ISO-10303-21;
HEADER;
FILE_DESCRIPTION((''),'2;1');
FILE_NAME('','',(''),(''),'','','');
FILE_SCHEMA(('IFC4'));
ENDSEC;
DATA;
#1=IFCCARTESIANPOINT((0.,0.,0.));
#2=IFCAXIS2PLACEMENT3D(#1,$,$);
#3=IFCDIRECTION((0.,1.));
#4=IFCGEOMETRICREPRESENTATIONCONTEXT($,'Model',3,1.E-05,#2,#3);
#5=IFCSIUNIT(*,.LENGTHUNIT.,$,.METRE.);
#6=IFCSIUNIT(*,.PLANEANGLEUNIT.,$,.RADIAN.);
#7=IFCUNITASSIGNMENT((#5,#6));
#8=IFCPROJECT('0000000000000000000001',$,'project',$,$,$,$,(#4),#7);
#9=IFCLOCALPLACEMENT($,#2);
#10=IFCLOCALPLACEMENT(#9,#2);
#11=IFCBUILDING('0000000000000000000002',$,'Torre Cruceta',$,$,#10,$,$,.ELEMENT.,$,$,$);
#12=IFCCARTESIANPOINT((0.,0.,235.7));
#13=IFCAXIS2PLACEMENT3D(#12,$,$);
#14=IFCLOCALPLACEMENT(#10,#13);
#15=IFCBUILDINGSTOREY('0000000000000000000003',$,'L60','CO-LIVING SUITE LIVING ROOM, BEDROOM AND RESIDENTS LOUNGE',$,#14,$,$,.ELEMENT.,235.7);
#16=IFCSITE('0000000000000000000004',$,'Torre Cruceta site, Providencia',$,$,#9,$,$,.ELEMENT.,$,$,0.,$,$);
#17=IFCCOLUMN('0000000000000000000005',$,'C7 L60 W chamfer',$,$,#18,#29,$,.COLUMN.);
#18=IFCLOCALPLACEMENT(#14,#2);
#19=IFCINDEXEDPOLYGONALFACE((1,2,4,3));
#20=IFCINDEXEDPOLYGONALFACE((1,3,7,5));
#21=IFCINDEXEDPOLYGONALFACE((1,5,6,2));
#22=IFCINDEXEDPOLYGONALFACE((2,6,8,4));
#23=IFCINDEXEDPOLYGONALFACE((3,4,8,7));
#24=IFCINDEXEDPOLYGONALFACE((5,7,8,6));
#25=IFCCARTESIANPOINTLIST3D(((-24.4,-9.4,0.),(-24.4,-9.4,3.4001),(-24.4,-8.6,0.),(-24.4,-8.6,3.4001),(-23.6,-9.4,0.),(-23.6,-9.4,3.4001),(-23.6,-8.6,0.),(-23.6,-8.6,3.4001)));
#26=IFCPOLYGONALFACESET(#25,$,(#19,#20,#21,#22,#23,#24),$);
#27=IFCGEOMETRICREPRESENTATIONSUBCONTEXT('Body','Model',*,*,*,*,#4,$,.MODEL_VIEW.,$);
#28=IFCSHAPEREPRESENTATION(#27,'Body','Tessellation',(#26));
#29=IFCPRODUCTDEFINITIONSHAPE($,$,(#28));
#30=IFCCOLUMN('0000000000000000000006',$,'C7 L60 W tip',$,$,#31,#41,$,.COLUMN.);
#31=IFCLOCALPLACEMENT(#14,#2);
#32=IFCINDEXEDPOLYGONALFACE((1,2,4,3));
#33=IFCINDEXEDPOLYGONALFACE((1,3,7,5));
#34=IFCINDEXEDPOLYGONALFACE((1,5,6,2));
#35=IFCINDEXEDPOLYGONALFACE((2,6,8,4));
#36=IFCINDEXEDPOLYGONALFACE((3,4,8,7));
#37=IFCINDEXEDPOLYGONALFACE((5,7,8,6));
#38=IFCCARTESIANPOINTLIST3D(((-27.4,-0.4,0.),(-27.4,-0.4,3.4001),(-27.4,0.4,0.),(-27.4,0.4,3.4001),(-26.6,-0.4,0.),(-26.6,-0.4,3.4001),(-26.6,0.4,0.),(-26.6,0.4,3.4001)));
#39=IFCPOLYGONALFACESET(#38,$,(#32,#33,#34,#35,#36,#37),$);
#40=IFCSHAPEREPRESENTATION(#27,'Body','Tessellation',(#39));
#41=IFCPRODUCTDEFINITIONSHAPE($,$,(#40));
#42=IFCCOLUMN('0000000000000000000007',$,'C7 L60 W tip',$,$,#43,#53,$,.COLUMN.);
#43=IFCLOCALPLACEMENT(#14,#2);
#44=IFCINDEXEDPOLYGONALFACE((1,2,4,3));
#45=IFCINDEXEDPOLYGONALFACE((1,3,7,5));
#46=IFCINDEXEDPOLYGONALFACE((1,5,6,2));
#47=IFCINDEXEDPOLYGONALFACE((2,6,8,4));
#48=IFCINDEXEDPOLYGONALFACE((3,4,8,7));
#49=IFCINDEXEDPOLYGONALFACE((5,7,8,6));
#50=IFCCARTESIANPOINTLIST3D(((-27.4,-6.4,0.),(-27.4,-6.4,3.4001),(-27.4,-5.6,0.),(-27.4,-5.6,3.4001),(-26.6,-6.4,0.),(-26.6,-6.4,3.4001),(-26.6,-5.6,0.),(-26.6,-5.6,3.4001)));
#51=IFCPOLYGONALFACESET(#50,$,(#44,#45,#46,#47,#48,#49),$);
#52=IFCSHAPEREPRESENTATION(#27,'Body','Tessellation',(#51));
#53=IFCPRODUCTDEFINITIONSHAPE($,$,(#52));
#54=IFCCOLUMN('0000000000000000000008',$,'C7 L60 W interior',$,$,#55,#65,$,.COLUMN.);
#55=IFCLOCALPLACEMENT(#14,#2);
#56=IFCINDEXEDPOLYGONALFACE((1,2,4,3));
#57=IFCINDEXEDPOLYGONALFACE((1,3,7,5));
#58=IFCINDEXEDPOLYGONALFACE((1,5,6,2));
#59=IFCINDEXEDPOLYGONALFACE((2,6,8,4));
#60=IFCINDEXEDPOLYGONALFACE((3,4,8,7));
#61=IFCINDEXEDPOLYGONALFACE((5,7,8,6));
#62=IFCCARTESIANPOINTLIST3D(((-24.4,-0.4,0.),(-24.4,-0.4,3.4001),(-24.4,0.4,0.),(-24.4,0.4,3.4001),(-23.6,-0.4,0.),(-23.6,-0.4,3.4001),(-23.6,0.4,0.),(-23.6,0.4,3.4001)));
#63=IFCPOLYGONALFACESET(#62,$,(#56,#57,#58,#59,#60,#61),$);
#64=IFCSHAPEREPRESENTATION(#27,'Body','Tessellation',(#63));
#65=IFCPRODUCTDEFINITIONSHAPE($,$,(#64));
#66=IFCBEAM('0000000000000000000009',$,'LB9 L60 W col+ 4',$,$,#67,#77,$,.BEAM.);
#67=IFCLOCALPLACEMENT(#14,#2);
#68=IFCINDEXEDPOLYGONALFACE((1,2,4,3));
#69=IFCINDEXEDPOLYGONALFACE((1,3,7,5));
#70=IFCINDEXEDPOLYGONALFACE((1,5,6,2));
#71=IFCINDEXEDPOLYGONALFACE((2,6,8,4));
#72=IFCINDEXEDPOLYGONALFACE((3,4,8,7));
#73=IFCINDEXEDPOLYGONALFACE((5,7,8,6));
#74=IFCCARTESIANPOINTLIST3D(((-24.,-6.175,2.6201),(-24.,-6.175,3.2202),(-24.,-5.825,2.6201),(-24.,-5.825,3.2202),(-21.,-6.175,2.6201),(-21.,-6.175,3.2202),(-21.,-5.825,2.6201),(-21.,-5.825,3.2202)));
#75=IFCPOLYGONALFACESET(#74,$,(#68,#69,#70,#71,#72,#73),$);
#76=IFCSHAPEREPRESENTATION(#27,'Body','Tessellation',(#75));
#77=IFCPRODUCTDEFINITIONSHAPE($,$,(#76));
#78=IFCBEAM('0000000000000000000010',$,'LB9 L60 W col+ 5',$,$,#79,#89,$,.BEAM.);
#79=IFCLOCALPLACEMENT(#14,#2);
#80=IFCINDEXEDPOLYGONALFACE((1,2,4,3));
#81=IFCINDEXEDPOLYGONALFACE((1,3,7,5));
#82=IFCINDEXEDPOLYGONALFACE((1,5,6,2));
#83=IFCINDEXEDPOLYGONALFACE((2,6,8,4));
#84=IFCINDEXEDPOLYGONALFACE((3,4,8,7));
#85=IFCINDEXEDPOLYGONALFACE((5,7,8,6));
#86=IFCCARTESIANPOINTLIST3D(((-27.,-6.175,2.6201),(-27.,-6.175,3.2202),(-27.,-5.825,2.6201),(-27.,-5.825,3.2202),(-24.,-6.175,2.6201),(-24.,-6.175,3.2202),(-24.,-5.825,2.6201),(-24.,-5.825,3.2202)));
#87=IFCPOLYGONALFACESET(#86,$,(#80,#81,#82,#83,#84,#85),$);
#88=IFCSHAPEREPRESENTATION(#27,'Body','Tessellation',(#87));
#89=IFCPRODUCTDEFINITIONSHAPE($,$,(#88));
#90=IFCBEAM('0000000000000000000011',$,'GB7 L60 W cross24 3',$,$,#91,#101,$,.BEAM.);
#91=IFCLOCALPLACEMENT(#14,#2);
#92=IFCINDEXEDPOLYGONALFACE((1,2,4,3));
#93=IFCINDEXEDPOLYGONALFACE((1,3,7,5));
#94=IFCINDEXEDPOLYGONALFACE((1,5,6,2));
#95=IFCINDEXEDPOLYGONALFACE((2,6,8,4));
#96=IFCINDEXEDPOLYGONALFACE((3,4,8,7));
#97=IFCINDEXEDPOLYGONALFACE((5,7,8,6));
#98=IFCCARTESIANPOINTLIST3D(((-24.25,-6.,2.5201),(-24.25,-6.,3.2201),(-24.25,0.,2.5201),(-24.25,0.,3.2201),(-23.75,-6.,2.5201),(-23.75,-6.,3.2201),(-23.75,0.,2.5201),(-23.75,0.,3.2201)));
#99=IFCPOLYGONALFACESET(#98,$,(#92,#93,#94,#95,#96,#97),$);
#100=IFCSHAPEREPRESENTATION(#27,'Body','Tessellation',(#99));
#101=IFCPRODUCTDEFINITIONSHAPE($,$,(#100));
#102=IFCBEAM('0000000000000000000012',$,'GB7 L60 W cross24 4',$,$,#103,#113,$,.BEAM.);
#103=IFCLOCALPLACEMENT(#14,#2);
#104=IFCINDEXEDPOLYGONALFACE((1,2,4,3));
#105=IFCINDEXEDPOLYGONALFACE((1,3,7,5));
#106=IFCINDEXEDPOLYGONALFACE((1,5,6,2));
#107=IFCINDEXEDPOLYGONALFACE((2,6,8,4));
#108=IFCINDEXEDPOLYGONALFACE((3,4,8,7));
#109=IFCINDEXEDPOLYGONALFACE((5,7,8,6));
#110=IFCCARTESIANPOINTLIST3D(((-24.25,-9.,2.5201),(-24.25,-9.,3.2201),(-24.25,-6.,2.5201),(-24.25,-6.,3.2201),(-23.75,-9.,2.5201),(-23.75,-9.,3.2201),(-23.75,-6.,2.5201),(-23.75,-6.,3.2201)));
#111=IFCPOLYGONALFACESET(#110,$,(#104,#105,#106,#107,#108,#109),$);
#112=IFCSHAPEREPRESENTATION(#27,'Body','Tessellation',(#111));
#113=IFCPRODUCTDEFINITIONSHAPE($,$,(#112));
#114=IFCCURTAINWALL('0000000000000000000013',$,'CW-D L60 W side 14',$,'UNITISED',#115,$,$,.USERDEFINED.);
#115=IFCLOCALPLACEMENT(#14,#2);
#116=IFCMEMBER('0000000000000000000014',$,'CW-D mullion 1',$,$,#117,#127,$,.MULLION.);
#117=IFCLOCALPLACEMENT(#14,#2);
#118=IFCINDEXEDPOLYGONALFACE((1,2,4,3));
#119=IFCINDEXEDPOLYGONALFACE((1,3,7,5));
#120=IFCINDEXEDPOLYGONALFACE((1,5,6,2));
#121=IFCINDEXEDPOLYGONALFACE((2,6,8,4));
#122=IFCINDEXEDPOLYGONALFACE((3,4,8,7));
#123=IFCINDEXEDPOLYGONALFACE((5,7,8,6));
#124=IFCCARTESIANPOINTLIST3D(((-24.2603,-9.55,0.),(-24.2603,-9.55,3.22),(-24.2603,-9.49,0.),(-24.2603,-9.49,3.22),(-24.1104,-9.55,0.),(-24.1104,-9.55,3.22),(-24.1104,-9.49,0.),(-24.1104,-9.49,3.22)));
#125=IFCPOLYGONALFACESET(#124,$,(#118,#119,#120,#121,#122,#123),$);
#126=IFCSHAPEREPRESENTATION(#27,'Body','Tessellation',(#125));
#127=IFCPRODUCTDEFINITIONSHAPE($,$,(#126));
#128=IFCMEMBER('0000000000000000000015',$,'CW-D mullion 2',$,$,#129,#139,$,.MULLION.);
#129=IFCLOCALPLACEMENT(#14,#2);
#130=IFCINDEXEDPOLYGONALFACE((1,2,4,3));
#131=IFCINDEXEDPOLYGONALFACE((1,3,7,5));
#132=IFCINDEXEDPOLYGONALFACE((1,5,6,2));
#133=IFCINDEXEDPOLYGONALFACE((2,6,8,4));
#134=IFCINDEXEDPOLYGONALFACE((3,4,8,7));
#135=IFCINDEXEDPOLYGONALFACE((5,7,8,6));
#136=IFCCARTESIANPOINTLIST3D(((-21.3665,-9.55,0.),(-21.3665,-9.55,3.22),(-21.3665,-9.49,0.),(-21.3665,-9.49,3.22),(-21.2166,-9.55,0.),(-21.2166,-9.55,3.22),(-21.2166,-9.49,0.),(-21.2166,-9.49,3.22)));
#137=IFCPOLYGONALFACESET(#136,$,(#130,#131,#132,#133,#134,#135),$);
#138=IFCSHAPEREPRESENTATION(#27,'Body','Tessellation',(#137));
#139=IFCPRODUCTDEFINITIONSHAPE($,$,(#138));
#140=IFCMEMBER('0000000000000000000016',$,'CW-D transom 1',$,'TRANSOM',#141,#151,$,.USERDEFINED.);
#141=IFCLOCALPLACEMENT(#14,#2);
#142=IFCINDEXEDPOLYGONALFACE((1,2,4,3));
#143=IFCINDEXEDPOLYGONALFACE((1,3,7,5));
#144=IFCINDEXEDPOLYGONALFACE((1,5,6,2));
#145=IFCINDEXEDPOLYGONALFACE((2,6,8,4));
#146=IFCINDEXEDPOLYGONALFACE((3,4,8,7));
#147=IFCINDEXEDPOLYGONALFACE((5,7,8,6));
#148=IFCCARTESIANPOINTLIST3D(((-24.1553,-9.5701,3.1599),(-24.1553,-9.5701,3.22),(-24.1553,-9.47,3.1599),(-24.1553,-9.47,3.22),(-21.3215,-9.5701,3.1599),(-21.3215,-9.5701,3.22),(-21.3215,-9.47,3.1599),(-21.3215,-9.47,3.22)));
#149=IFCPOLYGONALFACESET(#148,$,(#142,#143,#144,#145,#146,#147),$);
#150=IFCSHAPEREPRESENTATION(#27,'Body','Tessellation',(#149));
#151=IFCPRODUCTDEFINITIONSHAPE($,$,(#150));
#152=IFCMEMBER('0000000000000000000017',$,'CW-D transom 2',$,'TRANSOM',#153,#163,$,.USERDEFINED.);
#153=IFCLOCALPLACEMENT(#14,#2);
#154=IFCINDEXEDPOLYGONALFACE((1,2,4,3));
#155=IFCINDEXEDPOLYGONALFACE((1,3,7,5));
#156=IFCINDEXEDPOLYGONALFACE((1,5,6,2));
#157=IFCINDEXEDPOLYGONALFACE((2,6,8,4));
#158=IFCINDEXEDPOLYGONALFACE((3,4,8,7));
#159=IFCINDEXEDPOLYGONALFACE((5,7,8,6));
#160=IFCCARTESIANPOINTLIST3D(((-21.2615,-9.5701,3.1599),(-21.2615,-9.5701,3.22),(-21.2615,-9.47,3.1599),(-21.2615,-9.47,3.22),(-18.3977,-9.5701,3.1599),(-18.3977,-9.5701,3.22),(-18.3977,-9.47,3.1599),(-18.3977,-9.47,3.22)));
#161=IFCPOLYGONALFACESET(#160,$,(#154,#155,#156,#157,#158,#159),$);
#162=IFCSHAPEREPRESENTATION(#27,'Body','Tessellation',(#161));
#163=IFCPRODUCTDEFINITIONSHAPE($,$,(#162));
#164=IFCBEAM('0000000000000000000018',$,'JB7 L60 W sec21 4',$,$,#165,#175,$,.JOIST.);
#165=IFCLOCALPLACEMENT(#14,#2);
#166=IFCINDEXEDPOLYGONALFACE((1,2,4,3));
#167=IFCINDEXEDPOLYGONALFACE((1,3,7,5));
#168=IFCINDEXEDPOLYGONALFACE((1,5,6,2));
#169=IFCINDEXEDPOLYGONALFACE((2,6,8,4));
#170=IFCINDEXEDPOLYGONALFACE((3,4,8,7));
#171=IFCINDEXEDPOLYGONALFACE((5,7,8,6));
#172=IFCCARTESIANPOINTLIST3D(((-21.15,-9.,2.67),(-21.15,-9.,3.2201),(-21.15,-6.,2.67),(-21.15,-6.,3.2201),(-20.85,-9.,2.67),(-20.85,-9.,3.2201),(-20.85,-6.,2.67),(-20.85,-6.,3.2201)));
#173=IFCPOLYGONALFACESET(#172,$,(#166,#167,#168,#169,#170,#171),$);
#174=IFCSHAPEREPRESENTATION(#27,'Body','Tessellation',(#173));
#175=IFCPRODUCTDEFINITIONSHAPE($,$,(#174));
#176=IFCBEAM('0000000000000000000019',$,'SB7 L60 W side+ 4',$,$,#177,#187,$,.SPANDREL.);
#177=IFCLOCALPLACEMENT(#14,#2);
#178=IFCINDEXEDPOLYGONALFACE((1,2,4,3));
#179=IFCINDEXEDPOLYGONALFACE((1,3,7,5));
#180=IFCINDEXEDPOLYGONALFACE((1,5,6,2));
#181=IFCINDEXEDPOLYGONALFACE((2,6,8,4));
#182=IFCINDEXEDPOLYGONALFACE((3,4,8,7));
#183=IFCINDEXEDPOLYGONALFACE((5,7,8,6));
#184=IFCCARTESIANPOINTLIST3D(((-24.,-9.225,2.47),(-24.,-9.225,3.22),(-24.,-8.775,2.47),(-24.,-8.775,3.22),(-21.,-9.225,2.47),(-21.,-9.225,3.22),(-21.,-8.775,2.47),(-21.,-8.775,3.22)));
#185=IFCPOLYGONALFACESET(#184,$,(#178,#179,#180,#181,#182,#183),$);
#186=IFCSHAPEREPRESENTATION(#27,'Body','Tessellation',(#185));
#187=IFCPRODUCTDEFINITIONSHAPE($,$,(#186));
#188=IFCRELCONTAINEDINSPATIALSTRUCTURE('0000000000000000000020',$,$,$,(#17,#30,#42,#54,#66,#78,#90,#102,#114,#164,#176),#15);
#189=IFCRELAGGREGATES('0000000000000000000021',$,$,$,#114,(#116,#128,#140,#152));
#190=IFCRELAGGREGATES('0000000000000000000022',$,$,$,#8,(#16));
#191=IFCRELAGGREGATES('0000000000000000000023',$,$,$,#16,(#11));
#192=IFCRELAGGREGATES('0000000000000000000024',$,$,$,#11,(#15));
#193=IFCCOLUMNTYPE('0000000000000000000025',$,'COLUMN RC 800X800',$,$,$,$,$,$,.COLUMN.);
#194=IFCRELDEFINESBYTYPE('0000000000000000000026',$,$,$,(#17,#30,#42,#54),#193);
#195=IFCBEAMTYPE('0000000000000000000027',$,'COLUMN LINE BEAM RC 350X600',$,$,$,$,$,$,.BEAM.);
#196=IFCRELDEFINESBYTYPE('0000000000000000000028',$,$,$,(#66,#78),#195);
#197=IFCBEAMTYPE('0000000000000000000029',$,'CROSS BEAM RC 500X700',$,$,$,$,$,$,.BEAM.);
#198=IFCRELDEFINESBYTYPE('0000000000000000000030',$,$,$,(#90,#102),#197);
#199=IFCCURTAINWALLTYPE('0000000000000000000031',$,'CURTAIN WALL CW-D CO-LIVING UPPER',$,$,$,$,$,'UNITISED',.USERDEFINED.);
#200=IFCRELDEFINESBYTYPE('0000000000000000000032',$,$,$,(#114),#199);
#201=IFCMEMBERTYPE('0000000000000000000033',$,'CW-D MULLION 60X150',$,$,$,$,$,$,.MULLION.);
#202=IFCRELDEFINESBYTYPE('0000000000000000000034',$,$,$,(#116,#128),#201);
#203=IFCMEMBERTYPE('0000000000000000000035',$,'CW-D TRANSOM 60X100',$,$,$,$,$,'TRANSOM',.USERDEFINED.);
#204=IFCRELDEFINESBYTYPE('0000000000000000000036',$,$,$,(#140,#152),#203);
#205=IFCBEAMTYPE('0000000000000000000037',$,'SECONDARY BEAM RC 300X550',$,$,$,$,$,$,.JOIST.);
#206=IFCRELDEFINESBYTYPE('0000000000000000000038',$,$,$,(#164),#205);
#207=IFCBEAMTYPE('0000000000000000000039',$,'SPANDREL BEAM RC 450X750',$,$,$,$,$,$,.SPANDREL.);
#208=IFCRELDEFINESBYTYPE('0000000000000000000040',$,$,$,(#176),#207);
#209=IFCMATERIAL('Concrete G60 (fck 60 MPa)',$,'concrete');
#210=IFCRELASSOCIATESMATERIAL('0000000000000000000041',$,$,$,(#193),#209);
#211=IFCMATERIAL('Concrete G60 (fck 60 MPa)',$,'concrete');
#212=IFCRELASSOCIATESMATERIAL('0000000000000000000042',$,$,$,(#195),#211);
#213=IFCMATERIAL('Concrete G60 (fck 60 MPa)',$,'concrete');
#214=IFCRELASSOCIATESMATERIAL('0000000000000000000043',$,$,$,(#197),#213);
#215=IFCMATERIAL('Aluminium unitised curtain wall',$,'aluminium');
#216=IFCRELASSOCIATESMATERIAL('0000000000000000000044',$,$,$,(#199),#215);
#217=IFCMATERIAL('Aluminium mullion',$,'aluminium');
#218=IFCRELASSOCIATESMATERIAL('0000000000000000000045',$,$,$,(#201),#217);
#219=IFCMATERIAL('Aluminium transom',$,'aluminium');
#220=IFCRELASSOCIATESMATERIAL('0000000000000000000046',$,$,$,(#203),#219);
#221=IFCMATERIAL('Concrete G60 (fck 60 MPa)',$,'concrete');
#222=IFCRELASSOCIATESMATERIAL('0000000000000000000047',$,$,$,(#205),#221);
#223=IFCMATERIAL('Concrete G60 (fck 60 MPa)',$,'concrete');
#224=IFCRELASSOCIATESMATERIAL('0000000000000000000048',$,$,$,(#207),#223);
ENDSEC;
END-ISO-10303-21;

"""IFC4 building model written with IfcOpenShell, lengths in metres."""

from ifc_helpers import new_model, si_unit, direction, frame, origin, origin_2d, place, context, subcontext, project, spatial, rectangle, extrude, material, material_profile, profile_set, type_object, element, aggregate, save


model = new_model("IFC4")

# Units and contexts
model_context = context("Model", 3, precision=1e-05, world=origin(), true_north=direction((0.0, 1.0)))
body_context = subcontext(model_context, "Body", "Model", "MODEL_VIEW")
ifc_project = project(units=[si_unit("LENGTHUNIT", "METRE"), si_unit("PLANEANGLEUNIT", "RADIAN")], contexts=[model_context])

# Site, building, storey
site_placement = place(None, origin())
site = spatial("IfcSite", under=ifc_project, at=site_placement, Name="Torre Cruceta site, Providencia", CompositionType="ELEMENT", RefElevation=0.0)
building_placement = place(site_placement, origin())
building = spatial("IfcBuilding", under=site, at=building_placement, Name="Torre Cruceta", CompositionType="ELEMENT")
storey_placement = place(building_placement, frame((0.0, 0.0, 235.7)))
storey = spatial("IfcBuildingStorey", under=building, at=storey_placement, Name="L60", Description="CO-LIVING SUITE LIVING ROOM, BEDROOM AND RESIDENTS LOUNGE", CompositionType="ELEMENT", Elevation=235.7)

# Columns
ifc_material_1 = material(Name="Concrete G60 (fck 60 MPa)", Category="concrete")
ifc_material_profile_1 = material_profile(ifc_material_1, rectangle(XDim=0.8, YDim=0.8, at=origin_2d()), Name="RC 800X800")
ifc_profile_set_1 = profile_set([ifc_material_profile_1], Name="Concrete G60 (fck 60 MPa)")
column_type = type_object("IfcColumnType", Name="COLUMN RC 800X800", PredefinedType="COLUMN", material=ifc_profile_set_1)
for number, where, z_axis, x_axis, name in (
    (1, (-24.0, -9.0, 0.0), (0.0, 0.0, 1.0), (1.0, 0.0, 0.0), "C7 L60 W chamfer"),
    (2, (-27.0, 0.0, 0.0), (0.0, 0.0, 1.0), (1.0, 0.0, 0.0), "C7 L60 W tip"),
    (3, (-27.0, -6.0, 0.0), (0.0, 0.0, 1.0), (1.0, 0.0, 0.0), "C7 L60 W tip"),
    (4, (-24.0, 0.0, 0.0), (0.0, 0.0, 1.0), (1.0, 0.0, 0.0), "C7 L60 W interior"),
):
    element("IfcColumn", number, at=place(storey_placement, frame(where, z_axis=z_axis, x_axis=x_axis)), inside=storey, type_object=column_type, Name=name, PredefinedType="COLUMN", context=body_context, shape_type="SweptSolid", body=[
        extrude(rectangle(XDim=0.8, YDim=0.8, at=origin_2d()), origin(), (0.0, 0.0, 1.0), 3.4001),
    ])

# Beams
ifc_material_2 = material(Name="Concrete G60 (fck 60 MPa)", Category="concrete")
ifc_material_profile_2 = material_profile(ifc_material_2, rectangle(XDim=0.3501, YDim=0.6001, at=origin_2d()), Name="RC 350X600")
ifc_profile_set_2 = profile_set([ifc_material_profile_2], Name="Concrete G60 (fck 60 MPa)")
beam_type_1 = type_object("IfcBeamType", Name="COLUMN LINE BEAM RC 350X600", PredefinedType="BEAM", material=ifc_profile_set_2)
for number, where, z_axis, x_axis, name in (
    (5, (-21.0, -6.0, 2.9202), (-1.0, 0.0, 0.0), (0.0, -1.0, 0.0), "LB9 L60 W col+ 4"),
    (6, (-24.0, -6.0, 2.9202), (-1.0, 0.0, 0.0), (0.0, -1.0, 0.0), "LB9 L60 W col+ 5"),
):
    element("IfcBeam", number, at=place(storey_placement, frame(where, z_axis=z_axis, x_axis=x_axis)), inside=storey, type_object=beam_type_1, Name=name, PredefinedType="BEAM", context=body_context, shape_type="SweptSolid", body=[
        extrude(rectangle(XDim=0.3501, YDim=0.6001, at=origin_2d()), origin(), (0.0, 0.0, 1.0), 3.0),
    ])
ifc_material_3 = material(Name="Concrete G60 (fck 60 MPa)", Category="concrete")
ifc_material_profile_3 = material_profile(ifc_material_3, rectangle(XDim=0.5, YDim=0.7, at=origin_2d()), Name="RC 500X700")
ifc_profile_set_3 = profile_set([ifc_material_profile_3], Name="Concrete G60 (fck 60 MPa)")
beam_type_2 = type_object("IfcBeamType", Name="CROSS BEAM RC 500X700", PredefinedType="BEAM", material=ifc_profile_set_3)
beam_1_placement = place(storey_placement, frame((-24.0, 0.0, 2.8701), z_axis=(0.0, -1.0, 0.0), x_axis=(1.0, 0.0, 0.0)))
element("IfcBeam", 7, at=beam_1_placement, inside=storey, type_object=beam_type_2, Name="GB7 L60 W cross24 3", PredefinedType="BEAM", context=body_context, shape_type="SweptSolid", body=[
    extrude(rectangle(XDim=0.5, YDim=0.7, at=origin_2d()), origin(), (0.0, 0.0, 1.0), 6.0),
])
beam_2_placement = place(storey_placement, frame((-24.0, -6.0, 2.8701), z_axis=(0.0, -1.0, 0.0), x_axis=(1.0, 0.0, 0.0)))
element("IfcBeam", 8, at=beam_2_placement, inside=storey, type_object=beam_type_2, Name="GB7 L60 W cross24 4", PredefinedType="BEAM", context=body_context, shape_type="SweptSolid", body=[
    extrude(rectangle(XDim=0.5, YDim=0.7, at=origin_2d()), origin(), (0.0, 0.0, 1.0), 3.0),
])

# Curtain wall, members
ifc_material_4 = material(Name="Aluminium unitised curtain wall", Category="aluminium")
curtain_wall_type = type_object("IfcCurtainWallType", Name="CURTAIN WALL CW-D CO-LIVING UPPER", ElementType="UNITISED", PredefinedType="USERDEFINED", material=ifc_material_4)
curtain_wall_placement = place(storey_placement, origin())
curtain_wall = element("IfcCurtainWall", 9, at=curtain_wall_placement, inside=storey, type_object=curtain_wall_type, Name="CW-D L60 W side 14", ObjectType="UNITISED", PredefinedType="USERDEFINED")
ifc_material_5 = material(Name="Aluminium mullion", Category="aluminium")
ifc_material_profile_4 = material_profile(ifc_material_5, rectangle(XDim=0.0601, YDim=0.1499, at=origin_2d()), Name="AL 60X150")
ifc_profile_set_4 = profile_set([ifc_material_profile_4], Name="Aluminium mullion")
member_type_1 = type_object("IfcMemberType", Name="CW-D MULLION 60X150", PredefinedType="MULLION", material=ifc_profile_set_4)
member_1_placement = place(storey_placement, frame((-24.1853, -9.52, 0.0), z_axis=(0.0, 0.0, 1.0), x_axis=(0.0, 1.0, 0.0)))
member_1 = element("IfcMember", 10, at=member_1_placement, type_object=member_type_1, Name="CW-D mullion 1", PredefinedType="MULLION", context=body_context, shape_type="SweptSolid", body=[
    extrude(rectangle(XDim=0.0601, YDim=0.1499, at=origin_2d()), origin(), (0.0, 0.0, 1.0), 3.22),
])
member_2_placement = place(storey_placement, frame((-21.2915, -9.52, 0.0), z_axis=(0.0, 0.0, 1.0), x_axis=(0.0, 1.0, 0.0)))
member_2 = element("IfcMember", 11, at=member_2_placement, type_object=member_type_1, Name="CW-D mullion 2", PredefinedType="MULLION", context=body_context, shape_type="SweptSolid", body=[
    extrude(rectangle(XDim=0.0601, YDim=0.1499, at=origin_2d()), origin(), (0.0, 0.0, 1.0), 3.22),
])
ifc_material_6 = material(Name="Aluminium transom", Category="aluminium")
ifc_material_profile_5 = material_profile(ifc_material_6, rectangle(XDim=0.1001, YDim=0.0601, at=origin_2d()), Name="AL 100X60")
ifc_profile_set_5 = profile_set([ifc_material_profile_5], Name="Aluminium transom")
member_type_2 = type_object("IfcMemberType", Name="CW-D TRANSOM 60X100", ElementType="TRANSOM", PredefinedType="USERDEFINED", material=ifc_profile_set_5)
member_3_placement = place(storey_placement, frame((-24.1553, -9.52, 3.1899), z_axis=(1.0, 0.0, 0.0), x_axis=(0.0, 1.0, 0.0)))
member_3 = element("IfcMember", 12, at=member_3_placement, type_object=member_type_2, Name="CW-D transom 1", ObjectType="TRANSOM", PredefinedType="USERDEFINED", context=body_context, shape_type="SweptSolid", body=[
    extrude(rectangle(XDim=0.1001, YDim=0.0601, at=origin_2d()), origin(), (0.0, 0.0, 1.0), 2.8337),
])
member_4_placement = place(storey_placement, frame((-21.2615, -9.52, 3.1899), z_axis=(1.0, 0.0, 0.0), x_axis=(0.0, 1.0, 0.0)))
member_4 = element("IfcMember", 13, at=member_4_placement, type_object=member_type_2, Name="CW-D transom 2", ObjectType="TRANSOM", PredefinedType="USERDEFINED", context=body_context, shape_type="SweptSolid", body=[
    extrude(rectangle(XDim=0.1001, YDim=0.0601, at=origin_2d()), origin(), (0.0, 0.0, 1.0), 2.8638),
])

# Beams
ifc_material_7 = material(Name="Concrete G60 (fck 60 MPa)", Category="concrete")
ifc_material_profile_6 = material_profile(ifc_material_7, rectangle(XDim=0.3, YDim=0.55, at=origin_2d()), Name="RC 300X550")
ifc_profile_set_6 = profile_set([ifc_material_profile_6], Name="Concrete G60 (fck 60 MPa)")
beam_type_3 = type_object("IfcBeamType", Name="SECONDARY BEAM RC 300X550", PredefinedType="JOIST", material=ifc_profile_set_6)
beam_3_placement = place(storey_placement, frame((-21.0, -6.0, 2.9451), z_axis=(0.0, -1.0, 0.0), x_axis=(1.0, 0.0, 0.0)))
element("IfcBeam", 14, at=beam_3_placement, inside=storey, type_object=beam_type_3, Name="JB7 L60 W sec21 4", PredefinedType="JOIST", context=body_context, shape_type="SweptSolid", body=[
    extrude(rectangle(XDim=0.3, YDim=0.55, at=origin_2d()), origin(), (0.0, 0.0, 1.0), 3.0),
])
ifc_material_8 = material(Name="Concrete G60 (fck 60 MPa)", Category="concrete")
ifc_material_profile_7 = material_profile(ifc_material_8, rectangle(XDim=0.45, YDim=0.75, at=origin_2d()), Name="RC 450X750")
ifc_profile_set_7 = profile_set([ifc_material_profile_7], Name="Concrete G60 (fck 60 MPa)")
beam_type_4 = type_object("IfcBeamType", Name="SPANDREL BEAM RC 450X750", PredefinedType="SPANDREL", material=ifc_profile_set_7)
beam_4_placement = place(storey_placement, frame((-21.0, -9.0, 2.845), z_axis=(-1.0, 0.0, 0.0), x_axis=(0.0, -1.0, 0.0)))
element("IfcBeam", 15, at=beam_4_placement, inside=storey, type_object=beam_type_4, Name="SB7 L60 W side+ 4", PredefinedType="SPANDREL", context=body_context, shape_type="SweptSolid", body=[
    extrude(rectangle(XDim=0.45, YDim=0.75, at=origin_2d()), origin(), (0.0, 0.0, 1.0), 3.0),
])

aggregate(curtain_wall, [member_1, member_2, member_3, member_4])

save(model, "model.ifc")
